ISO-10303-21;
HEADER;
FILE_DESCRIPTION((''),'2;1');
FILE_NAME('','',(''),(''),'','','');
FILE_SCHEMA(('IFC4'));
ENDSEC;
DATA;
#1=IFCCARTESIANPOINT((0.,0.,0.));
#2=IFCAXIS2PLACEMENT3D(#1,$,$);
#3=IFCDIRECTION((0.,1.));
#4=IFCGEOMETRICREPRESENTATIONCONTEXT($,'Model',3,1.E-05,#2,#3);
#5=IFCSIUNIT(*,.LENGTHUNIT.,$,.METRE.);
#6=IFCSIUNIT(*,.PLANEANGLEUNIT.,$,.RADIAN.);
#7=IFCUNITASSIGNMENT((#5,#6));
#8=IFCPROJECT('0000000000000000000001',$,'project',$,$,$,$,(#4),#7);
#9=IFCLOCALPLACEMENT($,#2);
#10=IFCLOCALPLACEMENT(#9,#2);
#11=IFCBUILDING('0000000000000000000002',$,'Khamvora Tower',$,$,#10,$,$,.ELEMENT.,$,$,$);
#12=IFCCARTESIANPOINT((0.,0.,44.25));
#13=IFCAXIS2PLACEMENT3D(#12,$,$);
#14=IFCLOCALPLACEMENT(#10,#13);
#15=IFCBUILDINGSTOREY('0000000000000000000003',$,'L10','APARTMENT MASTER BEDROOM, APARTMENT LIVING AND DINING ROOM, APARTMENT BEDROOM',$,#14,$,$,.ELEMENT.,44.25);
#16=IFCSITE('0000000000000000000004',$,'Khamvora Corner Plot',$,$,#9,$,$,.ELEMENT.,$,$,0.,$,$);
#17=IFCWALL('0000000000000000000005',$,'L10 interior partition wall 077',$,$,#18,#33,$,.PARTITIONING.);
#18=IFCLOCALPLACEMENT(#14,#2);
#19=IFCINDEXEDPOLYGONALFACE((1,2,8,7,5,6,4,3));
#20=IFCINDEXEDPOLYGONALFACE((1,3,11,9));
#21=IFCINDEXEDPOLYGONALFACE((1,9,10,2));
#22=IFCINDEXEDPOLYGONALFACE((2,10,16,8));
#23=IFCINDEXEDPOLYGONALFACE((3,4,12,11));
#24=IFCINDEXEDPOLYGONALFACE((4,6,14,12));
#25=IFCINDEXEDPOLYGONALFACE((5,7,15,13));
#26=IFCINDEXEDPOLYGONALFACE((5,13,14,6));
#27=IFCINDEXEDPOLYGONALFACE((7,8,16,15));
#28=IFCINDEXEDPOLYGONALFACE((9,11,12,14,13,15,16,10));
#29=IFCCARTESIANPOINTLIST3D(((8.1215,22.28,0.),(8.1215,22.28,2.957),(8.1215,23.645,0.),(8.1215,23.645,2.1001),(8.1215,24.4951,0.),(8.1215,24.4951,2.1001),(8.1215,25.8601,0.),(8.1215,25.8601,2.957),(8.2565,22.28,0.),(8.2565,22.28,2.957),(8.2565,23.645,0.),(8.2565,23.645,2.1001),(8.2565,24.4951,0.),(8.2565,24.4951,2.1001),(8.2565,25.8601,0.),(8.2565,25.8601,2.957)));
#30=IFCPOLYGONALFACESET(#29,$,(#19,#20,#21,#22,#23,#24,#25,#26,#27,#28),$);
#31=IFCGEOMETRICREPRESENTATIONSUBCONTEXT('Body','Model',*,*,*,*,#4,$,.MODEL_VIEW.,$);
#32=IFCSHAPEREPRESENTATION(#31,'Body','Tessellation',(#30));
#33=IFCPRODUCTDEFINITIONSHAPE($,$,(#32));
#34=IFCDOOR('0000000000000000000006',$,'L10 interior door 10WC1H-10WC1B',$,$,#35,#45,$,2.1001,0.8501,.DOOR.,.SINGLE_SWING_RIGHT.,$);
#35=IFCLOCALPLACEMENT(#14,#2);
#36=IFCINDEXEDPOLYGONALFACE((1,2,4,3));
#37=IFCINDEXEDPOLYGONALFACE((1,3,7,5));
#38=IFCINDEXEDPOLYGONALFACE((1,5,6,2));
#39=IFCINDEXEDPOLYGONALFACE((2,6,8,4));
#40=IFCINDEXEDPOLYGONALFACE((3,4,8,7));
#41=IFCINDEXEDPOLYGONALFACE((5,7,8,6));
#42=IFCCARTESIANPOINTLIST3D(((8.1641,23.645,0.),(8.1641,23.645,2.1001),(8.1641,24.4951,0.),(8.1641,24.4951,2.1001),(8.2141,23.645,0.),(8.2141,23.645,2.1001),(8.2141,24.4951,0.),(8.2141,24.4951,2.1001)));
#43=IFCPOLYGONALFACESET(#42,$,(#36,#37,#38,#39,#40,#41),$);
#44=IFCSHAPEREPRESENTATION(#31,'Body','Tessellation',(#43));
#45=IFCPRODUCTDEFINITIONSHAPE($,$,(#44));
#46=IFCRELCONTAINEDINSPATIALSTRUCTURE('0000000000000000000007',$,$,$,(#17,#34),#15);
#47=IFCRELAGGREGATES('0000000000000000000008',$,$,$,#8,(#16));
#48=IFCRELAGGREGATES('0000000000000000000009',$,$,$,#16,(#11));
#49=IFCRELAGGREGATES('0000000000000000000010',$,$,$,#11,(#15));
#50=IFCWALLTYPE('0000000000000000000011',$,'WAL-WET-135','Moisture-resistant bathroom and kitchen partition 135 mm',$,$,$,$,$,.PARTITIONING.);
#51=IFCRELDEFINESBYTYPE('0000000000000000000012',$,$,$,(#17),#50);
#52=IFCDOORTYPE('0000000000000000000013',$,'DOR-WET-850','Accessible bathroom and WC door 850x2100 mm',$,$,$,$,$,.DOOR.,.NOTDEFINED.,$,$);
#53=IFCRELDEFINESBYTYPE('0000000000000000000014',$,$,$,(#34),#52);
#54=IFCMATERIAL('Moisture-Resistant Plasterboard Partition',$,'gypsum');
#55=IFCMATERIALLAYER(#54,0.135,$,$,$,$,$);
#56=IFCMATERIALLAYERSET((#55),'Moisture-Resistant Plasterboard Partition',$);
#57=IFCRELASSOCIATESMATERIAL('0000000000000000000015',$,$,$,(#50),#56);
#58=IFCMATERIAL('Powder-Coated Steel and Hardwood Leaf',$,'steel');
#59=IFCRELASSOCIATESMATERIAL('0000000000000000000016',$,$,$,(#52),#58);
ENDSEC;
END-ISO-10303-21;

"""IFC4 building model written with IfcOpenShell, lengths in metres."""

from ifc_helpers import new_model, si_unit, direction, frame, frame_2d, origin, place, context, subcontext, project, spatial, rectangle, extrude, material, layer, layer_set, type_object, element, fill, save


model = new_model("IFC4")

# Units and contexts
model_context = context("Model", 3, precision=1e-05, world=origin(), true_north=direction((0.0, 1.0)))
body_context = subcontext(model_context, "Body", "Model", "MODEL_VIEW")
ifc_project = project(units=[si_unit("LENGTHUNIT", "METRE"), si_unit("PLANEANGLEUNIT", "RADIAN")], contexts=[model_context])

# Site, building, storey
site_placement = place(None, origin())
site = spatial("IfcSite", under=ifc_project, at=site_placement, Name="Khamvora Corner Plot", CompositionType="ELEMENT", RefElevation=0.0)
building_placement = place(site_placement, origin())
building = spatial("IfcBuilding", under=site, at=building_placement, Name="Khamvora Tower", CompositionType="ELEMENT")
storey_placement = place(building_placement, frame((0.0, 0.0, 44.25)))
storey = spatial("IfcBuildingStorey", under=building, at=storey_placement, Name="L10", Description="APARTMENT MASTER BEDROOM, APARTMENT LIVING AND DINING ROOM, APARTMENT BEDROOM", CompositionType="ELEMENT", Elevation=44.25)

# Shared definitions
ifc_material_1 = material(Name="Powder-Coated Steel and Hardwood Leaf", Category="steel")

# Shared definitions
ifc_material_2 = material(Name="Moisture-Resistant Plasterboard Partition", Category="gypsum")
ifc_layer_1 = layer(ifc_material_2, 0.135)
ifc_layer_set_1 = layer_set([ifc_layer_1], Name="Moisture-Resistant Plasterboard Partition")
wall_type_1 = type_object("IfcWallType", Name="WAL-WET-135", Description="Moisture-resistant bathroom and kitchen partition 135 mm", PredefinedType="PARTITIONING", material=ifc_layer_set_1)
door_type_1 = type_object("IfcDoorType", Name="DOR-WET-850", Description="Accessible bathroom and WC door 850x2100 mm", OperationType="NOTDEFINED", PredefinedType="DOOR", material=ifc_material_1)

# Wall, opening, door
wall_1_placement = place(storey_placement, frame((8.189, 22.28, 0.0), z_axis=(0.0, 0.0, 1.0), x_axis=(0.0, 1.0, 0.0)))
wall_1 = element("IfcWall", 1, at=wall_1_placement, inside=storey, type_object=wall_type_1, Name="L10 interior partition wall 077", PredefinedType="PARTITIONING", context=body_context, shape_type="SweptSolid", body=[
    extrude(rectangle(XDim=3.5801, YDim=0.135, at=frame_2d((1.79, 0.0))), origin(), (0.0, 0.0, 1.0), 2.957),
])
opening_1_placement = place(wall_1_placement, frame((1.365, 0.0, 0.0)))
opening_1 = element("IfcOpeningElement", 2, at=opening_1_placement, cuts=wall_1, PredefinedType="OPENING", context=body_context, shape_type="SweptSolid", body=[
    extrude(rectangle(XDim=0.8501, YDim=2.1001, at=frame_2d((0.425, 1.05))), frame((0.0, 0.0774, 0.0), z_axis=(0.0, -1.0, 0.0), x_axis=(1.0, 0.0, 0.0)), (0.0, 0.0, 1.0), 0.155),
])
door_1_placement = place(opening_1_placement, origin())
door_1 = element("IfcDoor", 3, at=door_1_placement, inside=storey, type_object=door_type_1, Name="L10 interior door 10WC1H-10WC1B", OperationType="SINGLE_SWING_RIGHT", OverallHeight=2.1001, OverallWidth=0.8501, PredefinedType="DOOR", context=body_context, shape_type="SweptSolid", body=[
    extrude(rectangle(XDim=0.8501, YDim=2.1001, at=frame_2d((0.425, 1.05))), frame((0.0, 0.0249, 0.0), z_axis=(0.0, -1.0, 0.0), x_axis=(1.0, 0.0, 0.0)), (0.0, 0.0, 1.0), 0.05),
])
fill(opening_1, door_1)

save(model, "model.ifc")
